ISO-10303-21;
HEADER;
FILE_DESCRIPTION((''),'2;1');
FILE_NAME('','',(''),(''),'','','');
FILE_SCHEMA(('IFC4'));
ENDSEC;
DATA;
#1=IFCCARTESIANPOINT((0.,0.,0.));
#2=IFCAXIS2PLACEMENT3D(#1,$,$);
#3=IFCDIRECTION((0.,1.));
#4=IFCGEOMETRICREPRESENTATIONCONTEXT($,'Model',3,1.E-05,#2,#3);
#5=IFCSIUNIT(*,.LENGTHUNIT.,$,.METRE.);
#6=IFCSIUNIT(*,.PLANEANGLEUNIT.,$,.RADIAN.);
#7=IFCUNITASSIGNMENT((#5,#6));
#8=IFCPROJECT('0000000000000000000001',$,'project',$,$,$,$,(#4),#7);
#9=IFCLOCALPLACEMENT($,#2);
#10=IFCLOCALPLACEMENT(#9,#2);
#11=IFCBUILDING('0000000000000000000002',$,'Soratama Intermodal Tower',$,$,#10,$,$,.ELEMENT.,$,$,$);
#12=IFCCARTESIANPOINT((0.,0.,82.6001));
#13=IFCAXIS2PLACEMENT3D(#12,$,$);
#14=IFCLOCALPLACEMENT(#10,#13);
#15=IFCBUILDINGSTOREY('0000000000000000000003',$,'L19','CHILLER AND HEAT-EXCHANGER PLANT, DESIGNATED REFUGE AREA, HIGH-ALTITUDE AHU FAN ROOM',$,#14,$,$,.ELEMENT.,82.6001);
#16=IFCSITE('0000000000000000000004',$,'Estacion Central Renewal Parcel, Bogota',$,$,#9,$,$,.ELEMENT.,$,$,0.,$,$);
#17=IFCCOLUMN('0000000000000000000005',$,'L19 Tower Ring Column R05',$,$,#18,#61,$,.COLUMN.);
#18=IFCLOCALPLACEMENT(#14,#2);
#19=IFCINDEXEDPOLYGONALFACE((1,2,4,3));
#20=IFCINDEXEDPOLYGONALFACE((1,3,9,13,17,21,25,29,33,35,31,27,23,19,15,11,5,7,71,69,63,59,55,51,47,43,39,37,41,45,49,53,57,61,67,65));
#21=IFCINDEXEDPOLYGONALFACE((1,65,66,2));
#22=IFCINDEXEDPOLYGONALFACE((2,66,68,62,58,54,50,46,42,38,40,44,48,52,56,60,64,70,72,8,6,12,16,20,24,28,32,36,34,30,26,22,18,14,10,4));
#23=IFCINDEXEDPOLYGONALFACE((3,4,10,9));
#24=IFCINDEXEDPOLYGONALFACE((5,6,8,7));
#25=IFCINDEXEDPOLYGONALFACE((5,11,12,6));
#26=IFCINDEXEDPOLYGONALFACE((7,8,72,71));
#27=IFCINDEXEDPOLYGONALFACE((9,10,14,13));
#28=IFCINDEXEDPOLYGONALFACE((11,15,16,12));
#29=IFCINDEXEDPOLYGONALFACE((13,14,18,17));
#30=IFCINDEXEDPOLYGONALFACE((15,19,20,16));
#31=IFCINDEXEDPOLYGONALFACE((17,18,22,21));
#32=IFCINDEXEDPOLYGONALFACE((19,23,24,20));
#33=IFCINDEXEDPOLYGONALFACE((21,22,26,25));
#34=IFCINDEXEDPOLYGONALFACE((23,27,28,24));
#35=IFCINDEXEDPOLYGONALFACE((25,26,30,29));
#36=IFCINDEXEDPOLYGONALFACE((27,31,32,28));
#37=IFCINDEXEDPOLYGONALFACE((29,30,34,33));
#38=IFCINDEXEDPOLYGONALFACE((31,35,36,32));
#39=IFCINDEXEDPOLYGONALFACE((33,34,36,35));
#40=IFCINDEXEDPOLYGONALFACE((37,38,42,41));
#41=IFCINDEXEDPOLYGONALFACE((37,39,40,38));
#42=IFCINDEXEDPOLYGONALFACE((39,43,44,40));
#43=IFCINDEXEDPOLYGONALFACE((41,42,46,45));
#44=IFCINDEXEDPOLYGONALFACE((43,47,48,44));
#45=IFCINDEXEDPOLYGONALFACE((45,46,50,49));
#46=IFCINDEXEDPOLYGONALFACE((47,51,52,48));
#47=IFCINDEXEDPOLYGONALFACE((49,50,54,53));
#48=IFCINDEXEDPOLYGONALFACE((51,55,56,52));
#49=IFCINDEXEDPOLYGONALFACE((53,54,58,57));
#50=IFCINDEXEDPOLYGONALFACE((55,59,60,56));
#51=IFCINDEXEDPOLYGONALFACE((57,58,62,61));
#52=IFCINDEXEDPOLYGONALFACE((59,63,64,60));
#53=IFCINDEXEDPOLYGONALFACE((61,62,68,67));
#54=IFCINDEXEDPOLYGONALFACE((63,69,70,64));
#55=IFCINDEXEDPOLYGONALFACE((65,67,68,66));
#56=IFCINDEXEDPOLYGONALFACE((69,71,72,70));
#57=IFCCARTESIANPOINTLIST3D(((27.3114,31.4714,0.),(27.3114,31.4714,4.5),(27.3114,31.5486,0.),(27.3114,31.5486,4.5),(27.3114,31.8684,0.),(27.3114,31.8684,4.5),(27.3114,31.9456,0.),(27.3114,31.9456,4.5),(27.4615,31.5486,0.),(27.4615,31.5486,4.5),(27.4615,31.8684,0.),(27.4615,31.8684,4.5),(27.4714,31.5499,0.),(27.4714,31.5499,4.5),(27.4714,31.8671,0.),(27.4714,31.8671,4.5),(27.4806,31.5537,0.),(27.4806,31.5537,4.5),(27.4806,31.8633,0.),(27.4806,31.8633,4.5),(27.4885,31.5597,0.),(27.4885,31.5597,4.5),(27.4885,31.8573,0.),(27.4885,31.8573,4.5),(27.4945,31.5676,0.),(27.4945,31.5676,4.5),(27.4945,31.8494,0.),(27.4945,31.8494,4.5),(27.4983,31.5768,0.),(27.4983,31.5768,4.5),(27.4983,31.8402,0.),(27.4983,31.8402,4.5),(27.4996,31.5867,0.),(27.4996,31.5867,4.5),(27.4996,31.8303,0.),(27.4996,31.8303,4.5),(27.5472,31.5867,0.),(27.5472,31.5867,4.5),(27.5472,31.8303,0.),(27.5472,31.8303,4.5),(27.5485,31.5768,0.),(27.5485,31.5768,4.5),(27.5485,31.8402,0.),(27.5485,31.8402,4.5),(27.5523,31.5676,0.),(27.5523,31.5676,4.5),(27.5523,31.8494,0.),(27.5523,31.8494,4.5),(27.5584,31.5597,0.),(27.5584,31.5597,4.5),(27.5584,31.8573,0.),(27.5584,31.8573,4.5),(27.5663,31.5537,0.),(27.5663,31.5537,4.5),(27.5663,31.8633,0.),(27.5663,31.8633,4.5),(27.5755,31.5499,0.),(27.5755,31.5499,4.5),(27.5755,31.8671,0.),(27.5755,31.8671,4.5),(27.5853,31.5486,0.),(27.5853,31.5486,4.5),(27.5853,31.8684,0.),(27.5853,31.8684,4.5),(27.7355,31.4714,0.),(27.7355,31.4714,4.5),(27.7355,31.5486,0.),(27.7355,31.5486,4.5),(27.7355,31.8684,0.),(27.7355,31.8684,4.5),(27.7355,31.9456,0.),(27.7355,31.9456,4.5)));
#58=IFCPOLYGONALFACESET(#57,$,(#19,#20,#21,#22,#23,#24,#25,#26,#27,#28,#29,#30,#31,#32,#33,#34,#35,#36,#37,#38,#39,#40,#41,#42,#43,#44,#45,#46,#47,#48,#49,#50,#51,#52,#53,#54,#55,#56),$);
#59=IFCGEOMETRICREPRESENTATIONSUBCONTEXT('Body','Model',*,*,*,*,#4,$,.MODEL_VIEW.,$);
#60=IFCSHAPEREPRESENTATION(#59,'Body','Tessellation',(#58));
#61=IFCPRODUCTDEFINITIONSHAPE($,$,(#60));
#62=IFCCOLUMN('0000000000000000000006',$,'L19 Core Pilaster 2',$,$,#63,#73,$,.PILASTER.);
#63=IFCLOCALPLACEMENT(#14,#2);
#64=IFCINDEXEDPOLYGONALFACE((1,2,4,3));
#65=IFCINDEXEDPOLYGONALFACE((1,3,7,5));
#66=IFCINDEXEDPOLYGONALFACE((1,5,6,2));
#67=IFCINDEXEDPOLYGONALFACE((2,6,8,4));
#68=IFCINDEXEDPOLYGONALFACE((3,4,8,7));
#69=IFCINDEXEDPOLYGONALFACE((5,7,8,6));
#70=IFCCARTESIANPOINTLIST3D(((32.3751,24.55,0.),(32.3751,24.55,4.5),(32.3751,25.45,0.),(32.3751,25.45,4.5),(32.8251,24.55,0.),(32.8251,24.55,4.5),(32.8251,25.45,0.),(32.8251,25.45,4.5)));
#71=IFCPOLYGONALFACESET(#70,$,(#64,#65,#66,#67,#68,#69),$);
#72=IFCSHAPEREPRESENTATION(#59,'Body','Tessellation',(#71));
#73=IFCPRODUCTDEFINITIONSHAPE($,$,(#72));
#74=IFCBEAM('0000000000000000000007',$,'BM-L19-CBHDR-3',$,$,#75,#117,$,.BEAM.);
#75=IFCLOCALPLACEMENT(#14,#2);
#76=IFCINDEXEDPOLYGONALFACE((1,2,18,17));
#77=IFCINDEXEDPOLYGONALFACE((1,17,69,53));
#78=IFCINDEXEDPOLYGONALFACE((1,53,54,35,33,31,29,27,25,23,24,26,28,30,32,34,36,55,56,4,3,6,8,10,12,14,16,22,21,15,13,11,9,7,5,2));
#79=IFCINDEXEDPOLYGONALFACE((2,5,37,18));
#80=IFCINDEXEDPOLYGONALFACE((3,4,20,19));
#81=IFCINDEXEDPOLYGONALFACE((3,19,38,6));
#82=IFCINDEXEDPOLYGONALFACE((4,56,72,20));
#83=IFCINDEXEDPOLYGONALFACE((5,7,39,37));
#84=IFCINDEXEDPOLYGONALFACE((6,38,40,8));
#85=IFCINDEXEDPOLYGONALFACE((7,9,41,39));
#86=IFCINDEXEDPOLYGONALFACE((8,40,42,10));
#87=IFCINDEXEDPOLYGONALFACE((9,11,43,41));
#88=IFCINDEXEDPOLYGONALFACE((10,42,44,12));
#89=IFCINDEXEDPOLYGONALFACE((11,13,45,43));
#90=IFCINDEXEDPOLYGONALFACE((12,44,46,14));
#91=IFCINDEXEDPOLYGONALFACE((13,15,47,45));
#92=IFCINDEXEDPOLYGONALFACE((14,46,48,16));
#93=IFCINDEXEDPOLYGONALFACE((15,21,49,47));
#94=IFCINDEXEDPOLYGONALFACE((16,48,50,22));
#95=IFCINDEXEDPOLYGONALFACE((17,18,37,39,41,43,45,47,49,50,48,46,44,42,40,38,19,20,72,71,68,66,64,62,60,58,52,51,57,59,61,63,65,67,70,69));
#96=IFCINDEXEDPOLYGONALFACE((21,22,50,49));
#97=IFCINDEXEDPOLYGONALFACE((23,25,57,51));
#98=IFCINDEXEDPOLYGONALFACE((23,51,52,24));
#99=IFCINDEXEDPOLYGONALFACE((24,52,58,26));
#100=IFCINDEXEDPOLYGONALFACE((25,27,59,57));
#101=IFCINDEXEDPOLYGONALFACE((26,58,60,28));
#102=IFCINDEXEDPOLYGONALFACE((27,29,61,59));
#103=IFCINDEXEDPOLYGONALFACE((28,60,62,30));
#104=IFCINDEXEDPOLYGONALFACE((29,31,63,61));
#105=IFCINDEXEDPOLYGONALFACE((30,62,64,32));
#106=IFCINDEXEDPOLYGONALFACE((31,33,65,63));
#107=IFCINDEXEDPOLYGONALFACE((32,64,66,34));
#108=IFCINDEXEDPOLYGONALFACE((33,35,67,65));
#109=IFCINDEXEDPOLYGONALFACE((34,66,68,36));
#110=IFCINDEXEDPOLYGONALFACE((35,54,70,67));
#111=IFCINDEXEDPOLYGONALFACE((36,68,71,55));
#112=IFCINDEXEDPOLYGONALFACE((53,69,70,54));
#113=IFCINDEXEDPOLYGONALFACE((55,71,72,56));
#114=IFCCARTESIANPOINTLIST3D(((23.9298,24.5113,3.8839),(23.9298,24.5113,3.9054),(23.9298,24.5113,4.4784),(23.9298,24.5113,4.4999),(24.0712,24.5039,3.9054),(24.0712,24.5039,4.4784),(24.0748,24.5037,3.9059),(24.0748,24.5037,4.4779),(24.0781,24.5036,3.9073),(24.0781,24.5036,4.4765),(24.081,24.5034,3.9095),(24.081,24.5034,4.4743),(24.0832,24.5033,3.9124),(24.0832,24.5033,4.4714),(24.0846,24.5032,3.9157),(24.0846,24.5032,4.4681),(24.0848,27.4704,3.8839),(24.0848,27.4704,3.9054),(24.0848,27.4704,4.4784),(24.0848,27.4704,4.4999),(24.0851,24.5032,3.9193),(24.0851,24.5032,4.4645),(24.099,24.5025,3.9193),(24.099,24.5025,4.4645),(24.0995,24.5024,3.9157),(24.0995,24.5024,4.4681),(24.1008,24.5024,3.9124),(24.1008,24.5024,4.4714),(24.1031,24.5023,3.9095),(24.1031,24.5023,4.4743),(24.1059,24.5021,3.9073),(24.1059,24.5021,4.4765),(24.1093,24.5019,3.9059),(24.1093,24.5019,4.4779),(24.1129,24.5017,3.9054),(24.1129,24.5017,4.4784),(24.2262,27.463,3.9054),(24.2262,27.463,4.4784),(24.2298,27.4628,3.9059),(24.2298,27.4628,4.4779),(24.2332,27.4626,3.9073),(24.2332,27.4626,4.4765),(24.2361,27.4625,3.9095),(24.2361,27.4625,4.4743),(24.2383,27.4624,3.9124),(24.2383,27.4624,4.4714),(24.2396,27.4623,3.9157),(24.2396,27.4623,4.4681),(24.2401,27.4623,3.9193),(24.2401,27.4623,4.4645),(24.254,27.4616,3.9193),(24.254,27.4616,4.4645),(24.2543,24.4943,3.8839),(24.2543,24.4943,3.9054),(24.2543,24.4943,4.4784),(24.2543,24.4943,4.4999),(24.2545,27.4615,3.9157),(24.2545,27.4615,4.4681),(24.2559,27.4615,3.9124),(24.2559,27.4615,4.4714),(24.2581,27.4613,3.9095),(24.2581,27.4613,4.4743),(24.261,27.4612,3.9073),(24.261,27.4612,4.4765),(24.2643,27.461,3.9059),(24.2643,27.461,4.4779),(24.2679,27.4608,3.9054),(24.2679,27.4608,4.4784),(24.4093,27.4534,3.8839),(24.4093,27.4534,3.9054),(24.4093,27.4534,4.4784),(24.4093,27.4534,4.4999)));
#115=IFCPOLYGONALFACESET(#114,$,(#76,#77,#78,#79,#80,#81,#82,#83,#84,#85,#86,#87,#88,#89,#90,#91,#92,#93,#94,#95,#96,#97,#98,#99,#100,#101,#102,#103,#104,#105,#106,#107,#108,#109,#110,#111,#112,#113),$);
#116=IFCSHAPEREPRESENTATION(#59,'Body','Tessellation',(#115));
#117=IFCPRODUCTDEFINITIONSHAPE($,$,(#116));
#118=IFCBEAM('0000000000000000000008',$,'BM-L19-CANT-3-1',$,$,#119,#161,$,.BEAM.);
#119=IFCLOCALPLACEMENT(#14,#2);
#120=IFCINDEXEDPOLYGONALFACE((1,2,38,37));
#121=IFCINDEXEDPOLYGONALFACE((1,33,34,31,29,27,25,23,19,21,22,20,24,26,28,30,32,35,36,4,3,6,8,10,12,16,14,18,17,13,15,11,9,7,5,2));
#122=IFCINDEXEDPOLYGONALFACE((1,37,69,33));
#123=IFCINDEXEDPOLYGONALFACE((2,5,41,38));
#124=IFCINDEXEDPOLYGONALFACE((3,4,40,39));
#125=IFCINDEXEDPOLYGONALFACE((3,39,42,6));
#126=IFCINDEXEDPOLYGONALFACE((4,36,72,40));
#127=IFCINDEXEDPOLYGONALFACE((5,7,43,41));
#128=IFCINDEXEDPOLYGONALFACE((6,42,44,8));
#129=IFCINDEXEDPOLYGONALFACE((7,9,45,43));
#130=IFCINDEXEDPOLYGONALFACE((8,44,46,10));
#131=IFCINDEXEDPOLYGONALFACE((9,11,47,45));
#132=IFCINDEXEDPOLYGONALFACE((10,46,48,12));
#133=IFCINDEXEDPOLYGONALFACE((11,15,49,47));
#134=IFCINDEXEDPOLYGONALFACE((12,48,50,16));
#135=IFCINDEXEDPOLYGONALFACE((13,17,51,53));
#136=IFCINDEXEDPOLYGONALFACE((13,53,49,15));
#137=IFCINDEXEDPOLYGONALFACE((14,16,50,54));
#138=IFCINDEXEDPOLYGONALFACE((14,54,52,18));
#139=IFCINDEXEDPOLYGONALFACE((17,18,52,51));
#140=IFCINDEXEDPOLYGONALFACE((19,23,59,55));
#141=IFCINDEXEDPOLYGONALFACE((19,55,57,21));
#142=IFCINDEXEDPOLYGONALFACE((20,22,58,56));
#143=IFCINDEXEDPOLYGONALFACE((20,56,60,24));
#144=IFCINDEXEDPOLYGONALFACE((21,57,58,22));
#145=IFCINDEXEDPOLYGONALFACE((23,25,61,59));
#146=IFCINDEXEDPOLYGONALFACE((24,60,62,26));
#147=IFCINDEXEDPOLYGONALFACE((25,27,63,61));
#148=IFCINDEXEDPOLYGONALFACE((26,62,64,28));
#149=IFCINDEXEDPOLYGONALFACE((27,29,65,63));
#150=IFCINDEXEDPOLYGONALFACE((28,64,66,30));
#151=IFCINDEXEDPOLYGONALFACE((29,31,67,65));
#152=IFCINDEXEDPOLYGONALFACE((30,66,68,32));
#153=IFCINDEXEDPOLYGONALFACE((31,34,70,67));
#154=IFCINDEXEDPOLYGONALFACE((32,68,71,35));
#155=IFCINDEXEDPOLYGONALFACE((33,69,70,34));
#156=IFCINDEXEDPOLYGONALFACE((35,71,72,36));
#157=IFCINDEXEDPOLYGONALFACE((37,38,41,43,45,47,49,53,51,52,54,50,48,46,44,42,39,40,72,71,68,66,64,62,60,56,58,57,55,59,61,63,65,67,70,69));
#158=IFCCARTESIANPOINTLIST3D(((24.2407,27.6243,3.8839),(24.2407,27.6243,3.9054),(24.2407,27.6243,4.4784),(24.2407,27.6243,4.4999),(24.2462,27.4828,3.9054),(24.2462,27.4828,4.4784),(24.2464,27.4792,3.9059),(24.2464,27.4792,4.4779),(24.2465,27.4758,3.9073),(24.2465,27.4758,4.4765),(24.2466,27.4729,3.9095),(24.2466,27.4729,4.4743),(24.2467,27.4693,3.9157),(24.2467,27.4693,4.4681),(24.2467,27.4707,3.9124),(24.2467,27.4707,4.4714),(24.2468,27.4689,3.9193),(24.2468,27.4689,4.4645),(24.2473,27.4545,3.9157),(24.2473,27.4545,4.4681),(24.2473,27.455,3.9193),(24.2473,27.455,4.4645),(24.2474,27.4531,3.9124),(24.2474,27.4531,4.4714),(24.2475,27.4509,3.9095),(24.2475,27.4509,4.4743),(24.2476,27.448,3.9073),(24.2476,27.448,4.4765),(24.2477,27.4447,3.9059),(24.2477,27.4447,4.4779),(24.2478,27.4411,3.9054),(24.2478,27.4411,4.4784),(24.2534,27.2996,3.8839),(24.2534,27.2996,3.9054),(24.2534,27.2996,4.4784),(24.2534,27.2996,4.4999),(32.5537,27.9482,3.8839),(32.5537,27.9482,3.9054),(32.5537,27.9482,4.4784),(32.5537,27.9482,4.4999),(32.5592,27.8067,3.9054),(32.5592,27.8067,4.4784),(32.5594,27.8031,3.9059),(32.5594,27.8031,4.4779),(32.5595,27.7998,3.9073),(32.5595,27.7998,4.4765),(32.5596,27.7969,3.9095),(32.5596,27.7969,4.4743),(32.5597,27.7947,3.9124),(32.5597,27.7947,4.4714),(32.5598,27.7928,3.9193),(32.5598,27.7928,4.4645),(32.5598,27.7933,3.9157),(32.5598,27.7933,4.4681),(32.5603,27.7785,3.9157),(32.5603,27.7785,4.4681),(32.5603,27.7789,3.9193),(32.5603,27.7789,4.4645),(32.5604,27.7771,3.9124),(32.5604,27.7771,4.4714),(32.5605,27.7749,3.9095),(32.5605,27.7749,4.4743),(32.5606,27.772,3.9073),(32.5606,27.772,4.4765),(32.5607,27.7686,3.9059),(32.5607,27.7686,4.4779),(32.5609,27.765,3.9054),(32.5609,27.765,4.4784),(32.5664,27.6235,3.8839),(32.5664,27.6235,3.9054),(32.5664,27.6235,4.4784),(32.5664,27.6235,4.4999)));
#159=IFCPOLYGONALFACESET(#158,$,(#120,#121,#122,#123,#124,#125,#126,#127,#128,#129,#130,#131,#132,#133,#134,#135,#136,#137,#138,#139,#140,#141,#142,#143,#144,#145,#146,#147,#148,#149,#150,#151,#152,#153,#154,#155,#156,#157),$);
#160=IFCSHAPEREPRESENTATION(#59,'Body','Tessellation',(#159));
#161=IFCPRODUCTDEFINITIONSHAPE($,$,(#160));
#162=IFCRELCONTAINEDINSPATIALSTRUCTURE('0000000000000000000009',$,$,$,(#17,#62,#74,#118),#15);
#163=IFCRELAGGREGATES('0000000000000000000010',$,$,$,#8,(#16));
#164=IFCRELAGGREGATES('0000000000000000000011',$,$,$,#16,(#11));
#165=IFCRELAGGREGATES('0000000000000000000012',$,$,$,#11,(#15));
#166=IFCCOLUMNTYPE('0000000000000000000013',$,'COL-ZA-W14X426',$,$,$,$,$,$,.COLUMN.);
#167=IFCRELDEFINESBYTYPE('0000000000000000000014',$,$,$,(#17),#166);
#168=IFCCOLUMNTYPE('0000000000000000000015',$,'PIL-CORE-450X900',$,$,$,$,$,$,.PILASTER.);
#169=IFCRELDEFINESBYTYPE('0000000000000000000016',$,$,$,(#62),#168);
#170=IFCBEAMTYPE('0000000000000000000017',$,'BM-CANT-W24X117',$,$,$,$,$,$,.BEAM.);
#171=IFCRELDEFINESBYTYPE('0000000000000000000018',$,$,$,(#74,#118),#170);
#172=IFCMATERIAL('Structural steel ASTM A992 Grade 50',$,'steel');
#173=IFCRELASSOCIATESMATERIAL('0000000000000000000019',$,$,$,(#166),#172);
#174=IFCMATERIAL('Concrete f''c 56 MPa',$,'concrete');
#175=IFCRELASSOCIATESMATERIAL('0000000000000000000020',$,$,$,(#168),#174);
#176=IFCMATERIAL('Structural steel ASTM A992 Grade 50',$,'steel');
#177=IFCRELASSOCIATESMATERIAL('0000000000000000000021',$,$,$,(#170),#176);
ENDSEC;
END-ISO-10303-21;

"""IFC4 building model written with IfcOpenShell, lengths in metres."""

from ifc_helpers import new_model, si_unit, direction, frame, origin, origin_2d, place, context, subcontext, project, spatial, rectangle, i_section, extrude, material, material_profile, profile_set, type_object, element, save


model = new_model("IFC4")

# Units and contexts
model_context = context("Model", 3, precision=1e-05, world=origin(), true_north=direction((0.0, 1.0)))
body_context = subcontext(model_context, "Body", "Model", "MODEL_VIEW")
ifc_project = project(units=[si_unit("LENGTHUNIT", "METRE"), si_unit("PLANEANGLEUNIT", "RADIAN")], contexts=[model_context])

# Site, building, storey
site_placement = place(None, origin())
site = spatial("IfcSite", under=ifc_project, at=site_placement, Name="Estacion Central Renewal Parcel, Bogota", CompositionType="ELEMENT", RefElevation=0.0)
building_placement = place(site_placement, origin())
building = spatial("IfcBuilding", under=site, at=building_placement, Name="Soratama Intermodal Tower", CompositionType="ELEMENT")
storey_placement = place(building_placement, frame((0.0, 0.0, 82.6001)))
storey = spatial("IfcBuildingStorey", under=building, at=storey_placement, Name="L19", Description="CHILLER AND HEAT-EXCHANGER PLANT, DESIGNATED REFUGE AREA, HIGH-ALTITUDE AHU FAN ROOM", CompositionType="ELEMENT", Elevation=82.6001)

# Columns
ifc_material_1 = material(Name="Structural steel ASTM A992 Grade 50", Category="steel")
ifc_material_profile_1 = material_profile(ifc_material_1, i_section(OverallWidth=0.4241, OverallDepth=0.4741, WebThickness=0.0476, FlangeThickness=0.0771, FilletRadius=0.0381, at=origin_2d()), Name="W14X426")
ifc_profile_set_1 = profile_set([ifc_material_profile_1], Name="Structural steel ASTM A992 Grade 50")
column_type_1 = type_object("IfcColumnType", Name="COL-ZA-W14X426", PredefinedType="COLUMN", material=ifc_profile_set_1)
column_1_placement = place(storey_placement, frame((27.5234, 31.7085, 0.0), z_axis=(0.0, 0.0, 1.0), x_axis=(1.0, 0.0, 0.0)))
element("IfcColumn", 1, at=column_1_placement, inside=storey, type_object=column_type_1, Name="L19 Tower Ring Column R05", PredefinedType="COLUMN", context=body_context, shape_type="SweptSolid", body=[
    extrude(i_section(OverallWidth=0.4241, OverallDepth=0.4741, WebThickness=0.0476, FlangeThickness=0.0771, FilletRadius=0.0381, at=origin_2d()), origin(), (0.0, 0.0, 1.0), 4.5),
])
ifc_material_2 = material(Name="Concrete f'c 56 MPa", Category="concrete")
ifc_material_profile_2 = material_profile(ifc_material_2, rectangle(XDim=0.45, YDim=0.8999, at=origin_2d()), Name="RC450X900")
ifc_profile_set_2 = profile_set([ifc_material_profile_2], Name="Concrete f'c 56 MPa")
column_type_2 = type_object("IfcColumnType", Name="PIL-CORE-450X900", PredefinedType="PILASTER", material=ifc_profile_set_2)
column_2_placement = place(storey_placement, frame((32.6001, 25.0, 0.0), z_axis=(0.0, 0.0, 1.0), x_axis=(1.0, 0.0, 0.0)))
element("IfcColumn", 2, at=column_2_placement, inside=storey, type_object=column_type_2, Name="L19 Core Pilaster 2", PredefinedType="PILASTER", context=body_context, shape_type="SweptSolid", body=[
    extrude(rectangle(XDim=0.45, YDim=0.8999, at=origin_2d()), origin(), (0.0, 0.0, 1.0), 4.5),
])

# Beams
ifc_material_3 = material(Name="Structural steel ASTM A992 Grade 50", Category="steel")
ifc_material_profile_3 = material_profile(ifc_material_3, i_section(OverallWidth=0.325, OverallDepth=0.616, WebThickness=0.0139, FlangeThickness=0.0215, FilletRadius=0.0139, at=origin_2d()), Name="W24X117")
ifc_profile_set_3 = profile_set([ifc_material_profile_3], Name="Structural steel ASTM A992 Grade 50")
beam_type_1 = type_object("IfcBeamType", Name="BM-CANT-W24X117", PredefinedType="BEAM", material=ifc_profile_set_3)
beam_1_placement = place(storey_placement, frame((24.2471, 27.4619, 4.1919), z_axis=(-0.052321, -0.99863, 0.0), x_axis=(0.99863, -0.052321, 0.0)))
element("IfcBeam", 3, at=beam_1_placement, inside=storey, type_object=beam_type_1, Name="BM-L19-CBHDR-3", PredefinedType="BEAM", context=body_context, shape_type="SweptSolid", body=[
    extrude(i_section(OverallWidth=0.325, OverallDepth=0.616, WebThickness=0.0139, FlangeThickness=0.0215, FilletRadius=0.0139, at=origin_2d()), origin(), (0.0, 0.0, 1.0), 2.9631),
])
beam_2_placement = place(storey_placement, frame((32.5601, 27.7859, 4.1919), z_axis=(-0.999241, -0.038943, 0.0), x_axis=(0.038943, -0.999241, 0.0)))
element("IfcBeam", 4, at=beam_2_placement, inside=storey, type_object=beam_type_1, Name="BM-L19-CANT-3-1", PredefinedType="BEAM", context=body_context, shape_type="SweptSolid", body=[
    extrude(i_section(OverallWidth=0.325, OverallDepth=0.616, WebThickness=0.0139, FlangeThickness=0.0215, FilletRadius=0.0139, at=origin_2d()), origin(), (0.0, 0.0, 1.0), 8.3193),
])

save(model, "model.ifc")
